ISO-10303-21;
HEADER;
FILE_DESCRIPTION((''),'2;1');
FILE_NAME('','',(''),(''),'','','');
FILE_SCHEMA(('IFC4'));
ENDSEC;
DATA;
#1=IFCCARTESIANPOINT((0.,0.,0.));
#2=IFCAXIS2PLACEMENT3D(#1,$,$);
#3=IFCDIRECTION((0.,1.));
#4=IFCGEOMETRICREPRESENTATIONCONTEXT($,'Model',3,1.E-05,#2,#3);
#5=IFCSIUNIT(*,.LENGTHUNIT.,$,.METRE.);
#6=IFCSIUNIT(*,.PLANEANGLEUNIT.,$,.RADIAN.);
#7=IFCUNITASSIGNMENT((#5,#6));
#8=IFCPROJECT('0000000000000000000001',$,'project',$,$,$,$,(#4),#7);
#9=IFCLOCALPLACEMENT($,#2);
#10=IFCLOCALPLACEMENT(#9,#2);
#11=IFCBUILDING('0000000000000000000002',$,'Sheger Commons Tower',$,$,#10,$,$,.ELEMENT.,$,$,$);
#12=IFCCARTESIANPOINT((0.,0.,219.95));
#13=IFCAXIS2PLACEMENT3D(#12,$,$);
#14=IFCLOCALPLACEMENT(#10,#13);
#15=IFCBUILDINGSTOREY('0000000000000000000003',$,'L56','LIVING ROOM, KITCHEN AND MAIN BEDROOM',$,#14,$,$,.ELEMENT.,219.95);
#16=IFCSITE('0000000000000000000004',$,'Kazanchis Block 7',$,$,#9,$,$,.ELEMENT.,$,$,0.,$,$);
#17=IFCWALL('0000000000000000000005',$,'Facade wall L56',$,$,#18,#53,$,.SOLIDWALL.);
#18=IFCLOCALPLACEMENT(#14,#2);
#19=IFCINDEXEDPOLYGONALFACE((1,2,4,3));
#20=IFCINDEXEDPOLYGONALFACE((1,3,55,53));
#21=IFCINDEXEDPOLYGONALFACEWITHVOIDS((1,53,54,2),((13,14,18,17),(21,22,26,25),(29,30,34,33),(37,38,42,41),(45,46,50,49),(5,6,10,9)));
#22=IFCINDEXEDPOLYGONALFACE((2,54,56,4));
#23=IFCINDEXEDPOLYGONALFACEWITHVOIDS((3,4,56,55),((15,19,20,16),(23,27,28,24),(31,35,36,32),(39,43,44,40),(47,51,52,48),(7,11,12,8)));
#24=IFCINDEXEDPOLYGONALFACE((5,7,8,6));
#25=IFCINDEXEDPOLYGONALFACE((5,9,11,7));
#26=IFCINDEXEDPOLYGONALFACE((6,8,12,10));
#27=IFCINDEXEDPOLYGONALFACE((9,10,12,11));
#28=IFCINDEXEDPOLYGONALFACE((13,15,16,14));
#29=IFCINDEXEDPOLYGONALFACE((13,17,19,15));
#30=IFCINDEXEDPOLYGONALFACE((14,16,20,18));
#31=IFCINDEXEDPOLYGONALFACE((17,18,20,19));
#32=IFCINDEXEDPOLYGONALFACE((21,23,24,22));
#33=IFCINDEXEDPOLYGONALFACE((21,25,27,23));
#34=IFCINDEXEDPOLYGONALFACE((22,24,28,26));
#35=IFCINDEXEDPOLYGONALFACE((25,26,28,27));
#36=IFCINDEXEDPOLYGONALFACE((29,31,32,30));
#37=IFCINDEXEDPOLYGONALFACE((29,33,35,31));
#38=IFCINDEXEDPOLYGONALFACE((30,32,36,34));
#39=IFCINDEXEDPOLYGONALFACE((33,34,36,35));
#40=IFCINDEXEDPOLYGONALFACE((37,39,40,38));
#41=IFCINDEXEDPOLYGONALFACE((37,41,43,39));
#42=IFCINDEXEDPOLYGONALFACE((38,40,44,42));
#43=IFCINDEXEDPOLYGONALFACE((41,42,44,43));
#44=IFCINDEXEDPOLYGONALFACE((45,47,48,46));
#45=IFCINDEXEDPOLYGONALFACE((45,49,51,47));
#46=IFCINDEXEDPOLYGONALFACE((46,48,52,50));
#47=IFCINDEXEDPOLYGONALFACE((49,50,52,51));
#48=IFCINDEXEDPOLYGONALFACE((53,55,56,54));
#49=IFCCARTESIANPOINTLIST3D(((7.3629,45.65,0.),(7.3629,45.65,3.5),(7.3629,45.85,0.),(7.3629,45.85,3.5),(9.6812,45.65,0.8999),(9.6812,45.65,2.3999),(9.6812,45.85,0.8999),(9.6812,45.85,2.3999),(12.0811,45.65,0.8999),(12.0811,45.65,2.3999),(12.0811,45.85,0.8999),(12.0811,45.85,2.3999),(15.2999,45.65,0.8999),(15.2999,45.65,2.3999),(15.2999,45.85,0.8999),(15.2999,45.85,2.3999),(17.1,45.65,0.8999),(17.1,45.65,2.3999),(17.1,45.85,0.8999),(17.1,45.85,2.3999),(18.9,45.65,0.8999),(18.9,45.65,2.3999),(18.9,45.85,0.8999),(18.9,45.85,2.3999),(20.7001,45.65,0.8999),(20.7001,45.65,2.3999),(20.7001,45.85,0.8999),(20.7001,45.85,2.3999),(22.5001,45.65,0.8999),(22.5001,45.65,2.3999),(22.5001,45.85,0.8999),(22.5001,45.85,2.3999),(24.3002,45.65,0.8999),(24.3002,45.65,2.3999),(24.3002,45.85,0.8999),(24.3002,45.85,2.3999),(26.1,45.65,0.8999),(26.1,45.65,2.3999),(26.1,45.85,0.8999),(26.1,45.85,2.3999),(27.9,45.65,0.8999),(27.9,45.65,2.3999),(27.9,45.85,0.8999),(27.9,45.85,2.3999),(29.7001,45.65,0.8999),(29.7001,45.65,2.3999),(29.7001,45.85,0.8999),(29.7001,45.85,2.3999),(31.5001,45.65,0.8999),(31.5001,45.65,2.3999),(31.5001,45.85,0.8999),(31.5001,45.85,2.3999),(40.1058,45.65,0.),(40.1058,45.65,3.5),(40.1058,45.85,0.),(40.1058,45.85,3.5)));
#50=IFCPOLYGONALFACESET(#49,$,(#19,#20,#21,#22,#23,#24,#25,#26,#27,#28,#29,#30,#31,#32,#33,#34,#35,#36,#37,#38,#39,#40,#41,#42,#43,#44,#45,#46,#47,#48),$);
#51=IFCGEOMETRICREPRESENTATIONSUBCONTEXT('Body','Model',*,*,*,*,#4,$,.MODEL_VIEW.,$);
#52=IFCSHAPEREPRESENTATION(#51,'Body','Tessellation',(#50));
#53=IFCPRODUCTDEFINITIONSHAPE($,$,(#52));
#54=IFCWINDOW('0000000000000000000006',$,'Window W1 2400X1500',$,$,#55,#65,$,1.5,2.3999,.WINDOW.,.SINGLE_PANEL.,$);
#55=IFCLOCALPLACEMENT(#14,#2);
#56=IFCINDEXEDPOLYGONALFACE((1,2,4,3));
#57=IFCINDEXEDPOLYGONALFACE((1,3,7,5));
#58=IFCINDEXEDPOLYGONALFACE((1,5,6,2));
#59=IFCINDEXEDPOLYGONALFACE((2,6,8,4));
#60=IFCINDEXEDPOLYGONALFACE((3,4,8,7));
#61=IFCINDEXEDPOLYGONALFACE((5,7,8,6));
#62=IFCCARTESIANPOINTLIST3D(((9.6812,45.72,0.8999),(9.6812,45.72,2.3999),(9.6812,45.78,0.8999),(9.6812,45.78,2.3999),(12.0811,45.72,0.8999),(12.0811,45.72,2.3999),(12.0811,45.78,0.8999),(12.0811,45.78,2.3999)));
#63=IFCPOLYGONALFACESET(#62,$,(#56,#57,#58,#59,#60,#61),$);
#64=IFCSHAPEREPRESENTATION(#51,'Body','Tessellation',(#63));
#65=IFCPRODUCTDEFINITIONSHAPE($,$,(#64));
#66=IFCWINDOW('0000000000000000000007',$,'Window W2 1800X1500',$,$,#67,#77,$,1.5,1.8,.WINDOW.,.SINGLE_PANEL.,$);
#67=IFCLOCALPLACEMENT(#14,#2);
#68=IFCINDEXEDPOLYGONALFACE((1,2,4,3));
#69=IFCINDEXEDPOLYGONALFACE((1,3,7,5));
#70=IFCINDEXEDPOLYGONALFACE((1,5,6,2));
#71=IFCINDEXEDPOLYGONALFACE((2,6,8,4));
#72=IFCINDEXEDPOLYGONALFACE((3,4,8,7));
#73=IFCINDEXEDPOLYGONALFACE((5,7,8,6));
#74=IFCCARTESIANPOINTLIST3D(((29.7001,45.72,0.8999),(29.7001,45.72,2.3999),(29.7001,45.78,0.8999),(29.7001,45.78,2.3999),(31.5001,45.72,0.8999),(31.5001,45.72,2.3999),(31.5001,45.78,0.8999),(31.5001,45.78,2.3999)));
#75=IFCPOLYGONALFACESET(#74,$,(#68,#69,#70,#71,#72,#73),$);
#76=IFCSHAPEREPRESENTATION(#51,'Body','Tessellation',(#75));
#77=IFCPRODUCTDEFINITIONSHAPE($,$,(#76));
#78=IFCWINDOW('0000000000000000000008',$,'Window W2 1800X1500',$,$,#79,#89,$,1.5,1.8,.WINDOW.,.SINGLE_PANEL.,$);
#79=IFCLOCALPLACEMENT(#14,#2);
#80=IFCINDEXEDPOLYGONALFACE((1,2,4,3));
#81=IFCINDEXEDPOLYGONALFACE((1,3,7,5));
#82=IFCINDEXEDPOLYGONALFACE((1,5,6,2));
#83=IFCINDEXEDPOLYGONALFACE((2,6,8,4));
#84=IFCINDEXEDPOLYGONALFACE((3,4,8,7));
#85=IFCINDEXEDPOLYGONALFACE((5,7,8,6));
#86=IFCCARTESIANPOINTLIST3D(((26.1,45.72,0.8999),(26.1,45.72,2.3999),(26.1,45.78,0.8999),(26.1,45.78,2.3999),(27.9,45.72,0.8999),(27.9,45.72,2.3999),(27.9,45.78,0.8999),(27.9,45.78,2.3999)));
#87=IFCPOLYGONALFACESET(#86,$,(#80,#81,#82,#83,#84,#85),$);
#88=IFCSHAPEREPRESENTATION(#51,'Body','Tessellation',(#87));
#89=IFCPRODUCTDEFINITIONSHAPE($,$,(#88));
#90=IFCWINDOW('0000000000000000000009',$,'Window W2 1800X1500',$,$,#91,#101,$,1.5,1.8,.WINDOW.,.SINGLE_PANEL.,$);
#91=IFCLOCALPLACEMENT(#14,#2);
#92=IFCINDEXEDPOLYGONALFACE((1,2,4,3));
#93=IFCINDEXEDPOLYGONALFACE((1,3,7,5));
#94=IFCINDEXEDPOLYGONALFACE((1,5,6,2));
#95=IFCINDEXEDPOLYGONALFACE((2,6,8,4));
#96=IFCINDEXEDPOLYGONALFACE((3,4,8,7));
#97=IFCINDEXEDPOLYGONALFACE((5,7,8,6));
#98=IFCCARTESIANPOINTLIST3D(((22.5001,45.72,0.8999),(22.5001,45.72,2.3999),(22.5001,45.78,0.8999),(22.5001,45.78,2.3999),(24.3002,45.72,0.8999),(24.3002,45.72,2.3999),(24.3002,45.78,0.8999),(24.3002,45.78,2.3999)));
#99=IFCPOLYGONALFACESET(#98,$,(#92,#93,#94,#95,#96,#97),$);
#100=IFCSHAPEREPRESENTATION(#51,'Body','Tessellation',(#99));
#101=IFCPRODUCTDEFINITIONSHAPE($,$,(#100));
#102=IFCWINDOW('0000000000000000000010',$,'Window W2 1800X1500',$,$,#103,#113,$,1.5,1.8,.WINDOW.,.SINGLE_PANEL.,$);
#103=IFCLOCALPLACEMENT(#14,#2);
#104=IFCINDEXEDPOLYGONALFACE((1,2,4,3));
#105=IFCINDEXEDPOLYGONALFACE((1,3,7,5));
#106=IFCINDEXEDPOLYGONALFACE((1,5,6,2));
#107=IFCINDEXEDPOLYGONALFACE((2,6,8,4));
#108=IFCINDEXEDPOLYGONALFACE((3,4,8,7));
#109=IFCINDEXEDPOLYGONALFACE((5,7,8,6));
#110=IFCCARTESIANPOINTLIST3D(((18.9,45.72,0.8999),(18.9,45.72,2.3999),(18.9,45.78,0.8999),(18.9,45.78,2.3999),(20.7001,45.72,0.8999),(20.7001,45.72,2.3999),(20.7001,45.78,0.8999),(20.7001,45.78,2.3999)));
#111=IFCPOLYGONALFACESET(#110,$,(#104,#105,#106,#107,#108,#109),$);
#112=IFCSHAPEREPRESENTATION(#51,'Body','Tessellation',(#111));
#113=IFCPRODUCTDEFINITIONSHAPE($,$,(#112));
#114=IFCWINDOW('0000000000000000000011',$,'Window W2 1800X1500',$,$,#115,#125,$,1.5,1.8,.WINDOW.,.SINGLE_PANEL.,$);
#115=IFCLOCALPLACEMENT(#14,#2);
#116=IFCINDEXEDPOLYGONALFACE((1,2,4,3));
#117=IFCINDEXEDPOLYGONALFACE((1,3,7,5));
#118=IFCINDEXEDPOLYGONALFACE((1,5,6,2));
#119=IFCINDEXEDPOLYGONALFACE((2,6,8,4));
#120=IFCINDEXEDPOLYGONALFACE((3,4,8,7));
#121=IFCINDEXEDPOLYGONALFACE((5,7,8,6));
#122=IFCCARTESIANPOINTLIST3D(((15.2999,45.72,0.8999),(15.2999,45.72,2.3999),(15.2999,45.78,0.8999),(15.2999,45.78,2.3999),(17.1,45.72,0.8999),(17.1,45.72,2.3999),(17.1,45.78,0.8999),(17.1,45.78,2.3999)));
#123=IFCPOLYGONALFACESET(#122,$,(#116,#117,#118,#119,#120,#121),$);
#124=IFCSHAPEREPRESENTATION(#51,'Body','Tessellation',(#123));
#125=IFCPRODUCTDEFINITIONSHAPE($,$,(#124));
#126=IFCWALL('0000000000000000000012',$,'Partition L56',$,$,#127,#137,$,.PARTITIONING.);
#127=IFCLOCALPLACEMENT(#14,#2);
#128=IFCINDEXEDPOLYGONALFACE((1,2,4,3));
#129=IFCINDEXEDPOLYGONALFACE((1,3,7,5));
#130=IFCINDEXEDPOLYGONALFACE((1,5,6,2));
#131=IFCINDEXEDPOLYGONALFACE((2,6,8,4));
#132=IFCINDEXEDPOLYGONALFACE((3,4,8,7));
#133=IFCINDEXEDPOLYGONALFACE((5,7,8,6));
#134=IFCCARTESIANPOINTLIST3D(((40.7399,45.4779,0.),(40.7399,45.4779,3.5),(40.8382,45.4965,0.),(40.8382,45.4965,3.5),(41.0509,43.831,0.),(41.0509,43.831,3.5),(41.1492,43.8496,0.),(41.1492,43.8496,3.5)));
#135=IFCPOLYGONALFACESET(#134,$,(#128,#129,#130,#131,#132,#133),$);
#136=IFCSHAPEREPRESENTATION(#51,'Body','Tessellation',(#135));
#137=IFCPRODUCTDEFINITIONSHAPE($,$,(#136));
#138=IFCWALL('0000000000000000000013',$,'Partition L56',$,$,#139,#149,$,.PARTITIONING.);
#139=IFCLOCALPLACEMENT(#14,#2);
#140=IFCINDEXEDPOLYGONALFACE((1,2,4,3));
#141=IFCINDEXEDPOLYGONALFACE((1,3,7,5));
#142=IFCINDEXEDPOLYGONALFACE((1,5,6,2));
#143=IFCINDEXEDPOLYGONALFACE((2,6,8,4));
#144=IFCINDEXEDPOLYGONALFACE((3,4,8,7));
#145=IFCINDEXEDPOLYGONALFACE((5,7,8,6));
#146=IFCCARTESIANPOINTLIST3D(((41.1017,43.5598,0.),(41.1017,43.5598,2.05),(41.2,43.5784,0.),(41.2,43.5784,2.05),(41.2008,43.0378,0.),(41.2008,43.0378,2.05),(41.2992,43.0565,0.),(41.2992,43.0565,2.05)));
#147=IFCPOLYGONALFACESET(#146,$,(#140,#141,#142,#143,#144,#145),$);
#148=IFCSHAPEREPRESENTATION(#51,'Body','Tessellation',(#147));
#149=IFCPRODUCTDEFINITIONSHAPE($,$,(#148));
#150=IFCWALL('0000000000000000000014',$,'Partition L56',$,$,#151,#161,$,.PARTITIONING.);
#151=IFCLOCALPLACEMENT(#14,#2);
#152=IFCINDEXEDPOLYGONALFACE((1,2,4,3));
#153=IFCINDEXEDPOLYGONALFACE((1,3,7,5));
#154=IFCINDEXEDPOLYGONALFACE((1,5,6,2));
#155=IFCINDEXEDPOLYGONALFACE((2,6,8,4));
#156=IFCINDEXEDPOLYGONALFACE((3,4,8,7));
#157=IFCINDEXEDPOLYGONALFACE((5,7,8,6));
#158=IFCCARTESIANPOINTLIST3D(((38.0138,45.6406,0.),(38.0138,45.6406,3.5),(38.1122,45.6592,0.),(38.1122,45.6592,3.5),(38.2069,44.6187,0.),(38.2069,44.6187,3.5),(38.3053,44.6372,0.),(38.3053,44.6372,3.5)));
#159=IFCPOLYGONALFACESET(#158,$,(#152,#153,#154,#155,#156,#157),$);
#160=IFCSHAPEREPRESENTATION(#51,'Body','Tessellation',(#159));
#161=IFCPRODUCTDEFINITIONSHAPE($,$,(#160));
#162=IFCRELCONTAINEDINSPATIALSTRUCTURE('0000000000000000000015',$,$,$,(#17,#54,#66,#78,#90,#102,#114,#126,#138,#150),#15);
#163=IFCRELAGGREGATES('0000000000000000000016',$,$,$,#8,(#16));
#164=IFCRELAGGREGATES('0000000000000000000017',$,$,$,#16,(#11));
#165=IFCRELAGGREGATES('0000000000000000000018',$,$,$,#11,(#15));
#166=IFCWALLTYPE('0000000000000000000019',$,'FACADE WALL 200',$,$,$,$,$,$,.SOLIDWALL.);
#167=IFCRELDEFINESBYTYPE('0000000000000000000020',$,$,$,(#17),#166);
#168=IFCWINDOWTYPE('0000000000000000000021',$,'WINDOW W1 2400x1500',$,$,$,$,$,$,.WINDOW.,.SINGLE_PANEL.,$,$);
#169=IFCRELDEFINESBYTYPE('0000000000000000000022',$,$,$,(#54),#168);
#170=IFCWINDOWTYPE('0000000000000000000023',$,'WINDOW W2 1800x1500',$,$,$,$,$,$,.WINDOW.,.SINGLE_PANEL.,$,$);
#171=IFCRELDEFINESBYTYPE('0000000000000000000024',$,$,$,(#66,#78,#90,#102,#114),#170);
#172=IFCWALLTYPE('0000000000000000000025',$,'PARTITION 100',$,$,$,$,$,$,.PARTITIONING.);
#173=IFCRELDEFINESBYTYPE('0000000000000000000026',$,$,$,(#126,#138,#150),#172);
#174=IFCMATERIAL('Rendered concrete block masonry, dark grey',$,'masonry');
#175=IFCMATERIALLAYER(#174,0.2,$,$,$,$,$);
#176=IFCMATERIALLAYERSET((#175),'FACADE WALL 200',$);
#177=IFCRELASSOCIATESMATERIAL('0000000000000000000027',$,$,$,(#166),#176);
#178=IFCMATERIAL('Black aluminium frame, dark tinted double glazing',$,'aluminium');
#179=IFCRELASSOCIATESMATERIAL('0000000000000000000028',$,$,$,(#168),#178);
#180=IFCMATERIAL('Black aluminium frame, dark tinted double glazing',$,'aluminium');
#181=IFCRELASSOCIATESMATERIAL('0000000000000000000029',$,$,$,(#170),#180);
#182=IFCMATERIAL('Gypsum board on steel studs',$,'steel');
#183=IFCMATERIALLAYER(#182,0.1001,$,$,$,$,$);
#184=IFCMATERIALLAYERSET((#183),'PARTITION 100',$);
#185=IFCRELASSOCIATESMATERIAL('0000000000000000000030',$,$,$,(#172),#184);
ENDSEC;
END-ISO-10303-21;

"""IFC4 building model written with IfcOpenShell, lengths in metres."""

from ifc_helpers import new_model, si_unit, direction, frame, frame_2d, origin, place, context, subcontext, project, spatial, rectangle, extrude, material, layer, layer_set, type_object, element, fill, save


model = new_model("IFC4")

# Units and contexts
model_context = context("Model", 3, precision=1e-05, world=origin(), true_north=direction((0.0, 1.0)))
body_context = subcontext(model_context, "Body", "Model", "MODEL_VIEW")
ifc_project = project(units=[si_unit("LENGTHUNIT", "METRE"), si_unit("PLANEANGLEUNIT", "RADIAN")], contexts=[model_context])

# Site, building, storey
site_placement = place(None, origin())
site = spatial("IfcSite", under=ifc_project, at=site_placement, Name="Kazanchis Block 7", CompositionType="ELEMENT", RefElevation=0.0)
building_placement = place(site_placement, origin())
building = spatial("IfcBuilding", under=site, at=building_placement, Name="Sheger Commons Tower", CompositionType="ELEMENT")
storey_placement = place(building_placement, frame((0.0, 0.0, 219.95)))
storey = spatial("IfcBuildingStorey", under=building, at=storey_placement, Name="L56", Description="LIVING ROOM, KITCHEN AND MAIN BEDROOM", CompositionType="ELEMENT", Elevation=219.95)

# Shared definitions
ifc_material_1 = material(Name="Rendered concrete block masonry, dark grey", Category="masonry")
ifc_layer_1 = layer(ifc_material_1, 0.2)
ifc_layer_set_1 = layer_set([ifc_layer_1], Name="FACADE WALL 200")
wall_type_1 = type_object("IfcWallType", Name="FACADE WALL 200", PredefinedType="SOLIDWALL", material=ifc_layer_set_1)

# Wall, openings, windows
wall_1_placement = place(storey_placement, frame((40.106, 45.75, 0.0), z_axis=(0.0, 0.0, 1.0), x_axis=(-1.0, 0.0, 0.0)))
wall_1 = element("IfcWall", 1, at=wall_1_placement, inside=storey, type_object=wall_type_1, Name="Facade wall L56", PredefinedType="SOLIDWALL", context=body_context, shape_type="SweptSolid", body=[
    extrude(rectangle(XDim=32.7429, YDim=0.2, at=frame_2d((16.3716, 0.0))), origin(), (0.0, 0.0, 1.0), 3.5),
])
opening_1_placement = place(wall_1_placement, frame((8.606, 0.0, 0.8999)))
opening_1 = element("IfcOpeningElement", 2, at=opening_1_placement, cuts=wall_1, PredefinedType="OPENING", context=body_context, shape_type="SweptSolid", body=[
    extrude(rectangle(XDim=1.8, YDim=1.5, at=frame_2d((0.8999, 0.75))), frame((0.0, 0.1099, 0.0), z_axis=(0.0, -1.0, 0.0), x_axis=(1.0, 0.0, 0.0)), (0.0, 0.0, 1.0), 0.22),
])
opening_2_placement = place(wall_1_placement, frame((12.2061, 0.0, 0.8999)))
opening_2 = element("IfcOpeningElement", 3, at=opening_2_placement, cuts=wall_1, PredefinedType="OPENING", context=body_context, shape_type="SweptSolid", body=[
    extrude(rectangle(XDim=1.8, YDim=1.5, at=frame_2d((0.8999, 0.75))), frame((0.0, 0.1099, 0.0), z_axis=(0.0, -1.0, 0.0), x_axis=(1.0, 0.0, 0.0)), (0.0, 0.0, 1.0), 0.22),
])
opening_3_placement = place(wall_1_placement, frame((15.8059, 0.0, 0.8999)))
opening_3 = element("IfcOpeningElement", 4, at=opening_3_placement, cuts=wall_1, PredefinedType="OPENING", context=body_context, shape_type="SweptSolid", body=[
    extrude(rectangle(XDim=1.8, YDim=1.5, at=frame_2d((0.8999, 0.75))), frame((0.0, 0.1099, 0.0), z_axis=(0.0, -1.0, 0.0), x_axis=(1.0, 0.0, 0.0)), (0.0, 0.0, 1.0), 0.22),
])
opening_4_placement = place(wall_1_placement, frame((19.406, 0.0, 0.8999)))
opening_4 = element("IfcOpeningElement", 5, at=opening_4_placement, cuts=wall_1, PredefinedType="OPENING", context=body_context, shape_type="SweptSolid", body=[
    extrude(rectangle(XDim=1.8, YDim=1.5, at=frame_2d((0.8999, 0.75))), frame((0.0, 0.1099, 0.0), z_axis=(0.0, -1.0, 0.0), x_axis=(1.0, 0.0, 0.0)), (0.0, 0.0, 1.0), 0.22),
])
opening_5_placement = place(wall_1_placement, frame((23.0061, 0.0, 0.8999)))
opening_5 = element("IfcOpeningElement", 6, at=opening_5_placement, cuts=wall_1, PredefinedType="OPENING", context=body_context, shape_type="SweptSolid", body=[
    extrude(rectangle(XDim=1.8, YDim=1.5, at=frame_2d((0.8999, 0.75))), frame((0.0, 0.1099, 0.0), z_axis=(0.0, -1.0, 0.0), x_axis=(1.0, 0.0, 0.0)), (0.0, 0.0, 1.0), 0.22),
])
opening_6_placement = place(wall_1_placement, frame((28.0249, 0.0, 0.8999)))
opening_6 = element("IfcOpeningElement", 7, at=opening_6_placement, cuts=wall_1, PredefinedType="OPENING", context=body_context, shape_type="SweptSolid", body=[
    extrude(rectangle(XDim=2.3999, YDim=1.5, at=frame_2d((1.2, 0.75))), frame((0.0, 0.1099, 0.0), z_axis=(0.0, -1.0, 0.0), x_axis=(1.0, 0.0, 0.0)), (0.0, 0.0, 1.0), 0.22),
])
ifc_material_2 = material(Name="Black aluminium frame, dark tinted double glazing", Category="aluminium")
window_type_1 = type_object("IfcWindowType", Name="WINDOW W1 2400x1500", PartitioningType="SINGLE_PANEL", PredefinedType="WINDOW", material=ifc_material_2)
window_1_placement = place(opening_6_placement, origin())
window_1 = element("IfcWindow", 8, at=window_1_placement, inside=storey, type_object=window_type_1, Name="Window W1 2400X1500", OverallHeight=1.5, OverallWidth=2.3999, PartitioningType="SINGLE_PANEL", PredefinedType="WINDOW", context=body_context, shape_type="SweptSolid", body=[
    extrude(rectangle(XDim=2.3999, YDim=1.5, at=frame_2d((1.2, 0.75))), frame((0.0, 0.03, 0.0), z_axis=(0.0, -1.0, 0.0), x_axis=(1.0, 0.0, 0.0)), (0.0, 0.0, 1.0), 0.0601),
])
fill(opening_6, window_1)
ifc_material_3 = material(Name="Black aluminium frame, dark tinted double glazing", Category="aluminium")
window_type_2 = type_object("IfcWindowType", Name="WINDOW W2 1800x1500", PartitioningType="SINGLE_PANEL", PredefinedType="WINDOW", material=ifc_material_3)
window_2_placement = place(opening_1_placement, origin())
window_2 = element("IfcWindow", 9, at=window_2_placement, inside=storey, type_object=window_type_2, Name="Window W2 1800X1500", OverallHeight=1.5, OverallWidth=1.8, PartitioningType="SINGLE_PANEL", PredefinedType="WINDOW", context=body_context, shape_type="SweptSolid", body=[
    extrude(rectangle(XDim=1.8, YDim=1.5, at=frame_2d((0.8999, 0.75))), frame((0.0, 0.03, 0.0), z_axis=(0.0, -1.0, 0.0), x_axis=(1.0, 0.0, 0.0)), (0.0, 0.0, 1.0), 0.0601),
])
fill(opening_1, window_2)
window_3_placement = place(opening_2_placement, origin())
window_3 = element("IfcWindow", 10, at=window_3_placement, inside=storey, type_object=window_type_2, Name="Window W2 1800X1500", OverallHeight=1.5, OverallWidth=1.8, PartitioningType="SINGLE_PANEL", PredefinedType="WINDOW", context=body_context, shape_type="SweptSolid", body=[
    extrude(rectangle(XDim=1.8, YDim=1.5, at=frame_2d((0.8999, 0.75))), frame((0.0, 0.03, 0.0), z_axis=(0.0, -1.0, 0.0), x_axis=(1.0, 0.0, 0.0)), (0.0, 0.0, 1.0), 0.0601),
])
fill(opening_2, window_3)
window_4_placement = place(opening_3_placement, origin())
window_4 = element("IfcWindow", 11, at=window_4_placement, inside=storey, type_object=window_type_2, Name="Window W2 1800X1500", OverallHeight=1.5, OverallWidth=1.8, PartitioningType="SINGLE_PANEL", PredefinedType="WINDOW", context=body_context, shape_type="SweptSolid", body=[
    extrude(rectangle(XDim=1.8, YDim=1.5, at=frame_2d((0.8999, 0.75))), frame((0.0, 0.03, 0.0), z_axis=(0.0, -1.0, 0.0), x_axis=(1.0, 0.0, 0.0)), (0.0, 0.0, 1.0), 0.0601),
])
fill(opening_3, window_4)
window_5_placement = place(opening_4_placement, origin())
window_5 = element("IfcWindow", 12, at=window_5_placement, inside=storey, type_object=window_type_2, Name="Window W2 1800X1500", OverallHeight=1.5, OverallWidth=1.8, PartitioningType="SINGLE_PANEL", PredefinedType="WINDOW", context=body_context, shape_type="SweptSolid", body=[
    extrude(rectangle(XDim=1.8, YDim=1.5, at=frame_2d((0.8999, 0.75))), frame((0.0, 0.03, 0.0), z_axis=(0.0, -1.0, 0.0), x_axis=(1.0, 0.0, 0.0)), (0.0, 0.0, 1.0), 0.0601),
])
fill(opening_4, window_5)
window_6_placement = place(opening_5_placement, origin())
window_6 = element("IfcWindow", 13, at=window_6_placement, inside=storey, type_object=window_type_2, Name="Window W2 1800X1500", OverallHeight=1.5, OverallWidth=1.8, PartitioningType="SINGLE_PANEL", PredefinedType="WINDOW", context=body_context, shape_type="SweptSolid", body=[
    extrude(rectangle(XDim=1.8, YDim=1.5, at=frame_2d((0.8999, 0.75))), frame((0.0, 0.03, 0.0), z_axis=(0.0, -1.0, 0.0), x_axis=(1.0, 0.0, 0.0)), (0.0, 0.0, 1.0), 0.0601),
])
fill(opening_5, window_6)

# Walls
ifc_material_4 = material(Name="Gypsum board on steel studs", Category="steel")
ifc_layer_2 = layer(ifc_material_4, 0.1001)
ifc_layer_set_2 = layer_set([ifc_layer_2], Name="PARTITION 100")
wall_type_2 = type_object("IfcWallType", Name="PARTITION 100", PredefinedType="PARTITIONING", material=ifc_layer_set_2)
wall_2_placement = place(storey_placement, frame((40.7891, 45.4871, 0.0), z_axis=(0.0, 0.0, 1.0), x_axis=(0.185572, -0.982631, 0.0)))
element("IfcWall", 14, at=wall_2_placement, inside=storey, type_object=wall_type_2, Name="Partition L56", PredefinedType="PARTITIONING", context=body_context, shape_type="SweptSolid", body=[
    extrude(rectangle(XDim=1.676, YDim=0.1001, at=frame_2d((0.8379, 0.0))), origin(), (0.0, 0.0, 1.0), 3.5),
])
wall_3_placement = place(storey_placement, frame((41.1509, 43.5691, 0.0), z_axis=(0.0, 0.0, 1.0), x_axis=(0.186563, -0.982443, 0.0)))
element("IfcWall", 15, at=wall_3_placement, inside=storey, type_object=wall_type_2, Name="Partition L56", PredefinedType="PARTITIONING", context=body_context, shape_type="SweptSolid", body=[
    extrude(rectangle(XDim=0.5312, YDim=0.1001, at=frame_2d((0.2656, 0.0))), origin(), (0.0, 0.0, 1.0), 2.05),
])
wall_4_placement = place(storey_placement, frame((38.063, 45.6499, 0.0), z_axis=(0.0, 0.0, 1.0), x_axis=(0.185677, -0.982611, 0.0)))
element("IfcWall", 16, at=wall_4_placement, inside=storey, type_object=wall_type_2, Name="Partition L56", PredefinedType="PARTITIONING", context=body_context, shape_type="SweptSolid", body=[
    extrude(rectangle(XDim=1.04, YDim=0.1001, at=frame_2d((0.52, 0.0))), origin(), (0.0, 0.0, 1.0), 3.5),
])

save(model, "model.ifc")
